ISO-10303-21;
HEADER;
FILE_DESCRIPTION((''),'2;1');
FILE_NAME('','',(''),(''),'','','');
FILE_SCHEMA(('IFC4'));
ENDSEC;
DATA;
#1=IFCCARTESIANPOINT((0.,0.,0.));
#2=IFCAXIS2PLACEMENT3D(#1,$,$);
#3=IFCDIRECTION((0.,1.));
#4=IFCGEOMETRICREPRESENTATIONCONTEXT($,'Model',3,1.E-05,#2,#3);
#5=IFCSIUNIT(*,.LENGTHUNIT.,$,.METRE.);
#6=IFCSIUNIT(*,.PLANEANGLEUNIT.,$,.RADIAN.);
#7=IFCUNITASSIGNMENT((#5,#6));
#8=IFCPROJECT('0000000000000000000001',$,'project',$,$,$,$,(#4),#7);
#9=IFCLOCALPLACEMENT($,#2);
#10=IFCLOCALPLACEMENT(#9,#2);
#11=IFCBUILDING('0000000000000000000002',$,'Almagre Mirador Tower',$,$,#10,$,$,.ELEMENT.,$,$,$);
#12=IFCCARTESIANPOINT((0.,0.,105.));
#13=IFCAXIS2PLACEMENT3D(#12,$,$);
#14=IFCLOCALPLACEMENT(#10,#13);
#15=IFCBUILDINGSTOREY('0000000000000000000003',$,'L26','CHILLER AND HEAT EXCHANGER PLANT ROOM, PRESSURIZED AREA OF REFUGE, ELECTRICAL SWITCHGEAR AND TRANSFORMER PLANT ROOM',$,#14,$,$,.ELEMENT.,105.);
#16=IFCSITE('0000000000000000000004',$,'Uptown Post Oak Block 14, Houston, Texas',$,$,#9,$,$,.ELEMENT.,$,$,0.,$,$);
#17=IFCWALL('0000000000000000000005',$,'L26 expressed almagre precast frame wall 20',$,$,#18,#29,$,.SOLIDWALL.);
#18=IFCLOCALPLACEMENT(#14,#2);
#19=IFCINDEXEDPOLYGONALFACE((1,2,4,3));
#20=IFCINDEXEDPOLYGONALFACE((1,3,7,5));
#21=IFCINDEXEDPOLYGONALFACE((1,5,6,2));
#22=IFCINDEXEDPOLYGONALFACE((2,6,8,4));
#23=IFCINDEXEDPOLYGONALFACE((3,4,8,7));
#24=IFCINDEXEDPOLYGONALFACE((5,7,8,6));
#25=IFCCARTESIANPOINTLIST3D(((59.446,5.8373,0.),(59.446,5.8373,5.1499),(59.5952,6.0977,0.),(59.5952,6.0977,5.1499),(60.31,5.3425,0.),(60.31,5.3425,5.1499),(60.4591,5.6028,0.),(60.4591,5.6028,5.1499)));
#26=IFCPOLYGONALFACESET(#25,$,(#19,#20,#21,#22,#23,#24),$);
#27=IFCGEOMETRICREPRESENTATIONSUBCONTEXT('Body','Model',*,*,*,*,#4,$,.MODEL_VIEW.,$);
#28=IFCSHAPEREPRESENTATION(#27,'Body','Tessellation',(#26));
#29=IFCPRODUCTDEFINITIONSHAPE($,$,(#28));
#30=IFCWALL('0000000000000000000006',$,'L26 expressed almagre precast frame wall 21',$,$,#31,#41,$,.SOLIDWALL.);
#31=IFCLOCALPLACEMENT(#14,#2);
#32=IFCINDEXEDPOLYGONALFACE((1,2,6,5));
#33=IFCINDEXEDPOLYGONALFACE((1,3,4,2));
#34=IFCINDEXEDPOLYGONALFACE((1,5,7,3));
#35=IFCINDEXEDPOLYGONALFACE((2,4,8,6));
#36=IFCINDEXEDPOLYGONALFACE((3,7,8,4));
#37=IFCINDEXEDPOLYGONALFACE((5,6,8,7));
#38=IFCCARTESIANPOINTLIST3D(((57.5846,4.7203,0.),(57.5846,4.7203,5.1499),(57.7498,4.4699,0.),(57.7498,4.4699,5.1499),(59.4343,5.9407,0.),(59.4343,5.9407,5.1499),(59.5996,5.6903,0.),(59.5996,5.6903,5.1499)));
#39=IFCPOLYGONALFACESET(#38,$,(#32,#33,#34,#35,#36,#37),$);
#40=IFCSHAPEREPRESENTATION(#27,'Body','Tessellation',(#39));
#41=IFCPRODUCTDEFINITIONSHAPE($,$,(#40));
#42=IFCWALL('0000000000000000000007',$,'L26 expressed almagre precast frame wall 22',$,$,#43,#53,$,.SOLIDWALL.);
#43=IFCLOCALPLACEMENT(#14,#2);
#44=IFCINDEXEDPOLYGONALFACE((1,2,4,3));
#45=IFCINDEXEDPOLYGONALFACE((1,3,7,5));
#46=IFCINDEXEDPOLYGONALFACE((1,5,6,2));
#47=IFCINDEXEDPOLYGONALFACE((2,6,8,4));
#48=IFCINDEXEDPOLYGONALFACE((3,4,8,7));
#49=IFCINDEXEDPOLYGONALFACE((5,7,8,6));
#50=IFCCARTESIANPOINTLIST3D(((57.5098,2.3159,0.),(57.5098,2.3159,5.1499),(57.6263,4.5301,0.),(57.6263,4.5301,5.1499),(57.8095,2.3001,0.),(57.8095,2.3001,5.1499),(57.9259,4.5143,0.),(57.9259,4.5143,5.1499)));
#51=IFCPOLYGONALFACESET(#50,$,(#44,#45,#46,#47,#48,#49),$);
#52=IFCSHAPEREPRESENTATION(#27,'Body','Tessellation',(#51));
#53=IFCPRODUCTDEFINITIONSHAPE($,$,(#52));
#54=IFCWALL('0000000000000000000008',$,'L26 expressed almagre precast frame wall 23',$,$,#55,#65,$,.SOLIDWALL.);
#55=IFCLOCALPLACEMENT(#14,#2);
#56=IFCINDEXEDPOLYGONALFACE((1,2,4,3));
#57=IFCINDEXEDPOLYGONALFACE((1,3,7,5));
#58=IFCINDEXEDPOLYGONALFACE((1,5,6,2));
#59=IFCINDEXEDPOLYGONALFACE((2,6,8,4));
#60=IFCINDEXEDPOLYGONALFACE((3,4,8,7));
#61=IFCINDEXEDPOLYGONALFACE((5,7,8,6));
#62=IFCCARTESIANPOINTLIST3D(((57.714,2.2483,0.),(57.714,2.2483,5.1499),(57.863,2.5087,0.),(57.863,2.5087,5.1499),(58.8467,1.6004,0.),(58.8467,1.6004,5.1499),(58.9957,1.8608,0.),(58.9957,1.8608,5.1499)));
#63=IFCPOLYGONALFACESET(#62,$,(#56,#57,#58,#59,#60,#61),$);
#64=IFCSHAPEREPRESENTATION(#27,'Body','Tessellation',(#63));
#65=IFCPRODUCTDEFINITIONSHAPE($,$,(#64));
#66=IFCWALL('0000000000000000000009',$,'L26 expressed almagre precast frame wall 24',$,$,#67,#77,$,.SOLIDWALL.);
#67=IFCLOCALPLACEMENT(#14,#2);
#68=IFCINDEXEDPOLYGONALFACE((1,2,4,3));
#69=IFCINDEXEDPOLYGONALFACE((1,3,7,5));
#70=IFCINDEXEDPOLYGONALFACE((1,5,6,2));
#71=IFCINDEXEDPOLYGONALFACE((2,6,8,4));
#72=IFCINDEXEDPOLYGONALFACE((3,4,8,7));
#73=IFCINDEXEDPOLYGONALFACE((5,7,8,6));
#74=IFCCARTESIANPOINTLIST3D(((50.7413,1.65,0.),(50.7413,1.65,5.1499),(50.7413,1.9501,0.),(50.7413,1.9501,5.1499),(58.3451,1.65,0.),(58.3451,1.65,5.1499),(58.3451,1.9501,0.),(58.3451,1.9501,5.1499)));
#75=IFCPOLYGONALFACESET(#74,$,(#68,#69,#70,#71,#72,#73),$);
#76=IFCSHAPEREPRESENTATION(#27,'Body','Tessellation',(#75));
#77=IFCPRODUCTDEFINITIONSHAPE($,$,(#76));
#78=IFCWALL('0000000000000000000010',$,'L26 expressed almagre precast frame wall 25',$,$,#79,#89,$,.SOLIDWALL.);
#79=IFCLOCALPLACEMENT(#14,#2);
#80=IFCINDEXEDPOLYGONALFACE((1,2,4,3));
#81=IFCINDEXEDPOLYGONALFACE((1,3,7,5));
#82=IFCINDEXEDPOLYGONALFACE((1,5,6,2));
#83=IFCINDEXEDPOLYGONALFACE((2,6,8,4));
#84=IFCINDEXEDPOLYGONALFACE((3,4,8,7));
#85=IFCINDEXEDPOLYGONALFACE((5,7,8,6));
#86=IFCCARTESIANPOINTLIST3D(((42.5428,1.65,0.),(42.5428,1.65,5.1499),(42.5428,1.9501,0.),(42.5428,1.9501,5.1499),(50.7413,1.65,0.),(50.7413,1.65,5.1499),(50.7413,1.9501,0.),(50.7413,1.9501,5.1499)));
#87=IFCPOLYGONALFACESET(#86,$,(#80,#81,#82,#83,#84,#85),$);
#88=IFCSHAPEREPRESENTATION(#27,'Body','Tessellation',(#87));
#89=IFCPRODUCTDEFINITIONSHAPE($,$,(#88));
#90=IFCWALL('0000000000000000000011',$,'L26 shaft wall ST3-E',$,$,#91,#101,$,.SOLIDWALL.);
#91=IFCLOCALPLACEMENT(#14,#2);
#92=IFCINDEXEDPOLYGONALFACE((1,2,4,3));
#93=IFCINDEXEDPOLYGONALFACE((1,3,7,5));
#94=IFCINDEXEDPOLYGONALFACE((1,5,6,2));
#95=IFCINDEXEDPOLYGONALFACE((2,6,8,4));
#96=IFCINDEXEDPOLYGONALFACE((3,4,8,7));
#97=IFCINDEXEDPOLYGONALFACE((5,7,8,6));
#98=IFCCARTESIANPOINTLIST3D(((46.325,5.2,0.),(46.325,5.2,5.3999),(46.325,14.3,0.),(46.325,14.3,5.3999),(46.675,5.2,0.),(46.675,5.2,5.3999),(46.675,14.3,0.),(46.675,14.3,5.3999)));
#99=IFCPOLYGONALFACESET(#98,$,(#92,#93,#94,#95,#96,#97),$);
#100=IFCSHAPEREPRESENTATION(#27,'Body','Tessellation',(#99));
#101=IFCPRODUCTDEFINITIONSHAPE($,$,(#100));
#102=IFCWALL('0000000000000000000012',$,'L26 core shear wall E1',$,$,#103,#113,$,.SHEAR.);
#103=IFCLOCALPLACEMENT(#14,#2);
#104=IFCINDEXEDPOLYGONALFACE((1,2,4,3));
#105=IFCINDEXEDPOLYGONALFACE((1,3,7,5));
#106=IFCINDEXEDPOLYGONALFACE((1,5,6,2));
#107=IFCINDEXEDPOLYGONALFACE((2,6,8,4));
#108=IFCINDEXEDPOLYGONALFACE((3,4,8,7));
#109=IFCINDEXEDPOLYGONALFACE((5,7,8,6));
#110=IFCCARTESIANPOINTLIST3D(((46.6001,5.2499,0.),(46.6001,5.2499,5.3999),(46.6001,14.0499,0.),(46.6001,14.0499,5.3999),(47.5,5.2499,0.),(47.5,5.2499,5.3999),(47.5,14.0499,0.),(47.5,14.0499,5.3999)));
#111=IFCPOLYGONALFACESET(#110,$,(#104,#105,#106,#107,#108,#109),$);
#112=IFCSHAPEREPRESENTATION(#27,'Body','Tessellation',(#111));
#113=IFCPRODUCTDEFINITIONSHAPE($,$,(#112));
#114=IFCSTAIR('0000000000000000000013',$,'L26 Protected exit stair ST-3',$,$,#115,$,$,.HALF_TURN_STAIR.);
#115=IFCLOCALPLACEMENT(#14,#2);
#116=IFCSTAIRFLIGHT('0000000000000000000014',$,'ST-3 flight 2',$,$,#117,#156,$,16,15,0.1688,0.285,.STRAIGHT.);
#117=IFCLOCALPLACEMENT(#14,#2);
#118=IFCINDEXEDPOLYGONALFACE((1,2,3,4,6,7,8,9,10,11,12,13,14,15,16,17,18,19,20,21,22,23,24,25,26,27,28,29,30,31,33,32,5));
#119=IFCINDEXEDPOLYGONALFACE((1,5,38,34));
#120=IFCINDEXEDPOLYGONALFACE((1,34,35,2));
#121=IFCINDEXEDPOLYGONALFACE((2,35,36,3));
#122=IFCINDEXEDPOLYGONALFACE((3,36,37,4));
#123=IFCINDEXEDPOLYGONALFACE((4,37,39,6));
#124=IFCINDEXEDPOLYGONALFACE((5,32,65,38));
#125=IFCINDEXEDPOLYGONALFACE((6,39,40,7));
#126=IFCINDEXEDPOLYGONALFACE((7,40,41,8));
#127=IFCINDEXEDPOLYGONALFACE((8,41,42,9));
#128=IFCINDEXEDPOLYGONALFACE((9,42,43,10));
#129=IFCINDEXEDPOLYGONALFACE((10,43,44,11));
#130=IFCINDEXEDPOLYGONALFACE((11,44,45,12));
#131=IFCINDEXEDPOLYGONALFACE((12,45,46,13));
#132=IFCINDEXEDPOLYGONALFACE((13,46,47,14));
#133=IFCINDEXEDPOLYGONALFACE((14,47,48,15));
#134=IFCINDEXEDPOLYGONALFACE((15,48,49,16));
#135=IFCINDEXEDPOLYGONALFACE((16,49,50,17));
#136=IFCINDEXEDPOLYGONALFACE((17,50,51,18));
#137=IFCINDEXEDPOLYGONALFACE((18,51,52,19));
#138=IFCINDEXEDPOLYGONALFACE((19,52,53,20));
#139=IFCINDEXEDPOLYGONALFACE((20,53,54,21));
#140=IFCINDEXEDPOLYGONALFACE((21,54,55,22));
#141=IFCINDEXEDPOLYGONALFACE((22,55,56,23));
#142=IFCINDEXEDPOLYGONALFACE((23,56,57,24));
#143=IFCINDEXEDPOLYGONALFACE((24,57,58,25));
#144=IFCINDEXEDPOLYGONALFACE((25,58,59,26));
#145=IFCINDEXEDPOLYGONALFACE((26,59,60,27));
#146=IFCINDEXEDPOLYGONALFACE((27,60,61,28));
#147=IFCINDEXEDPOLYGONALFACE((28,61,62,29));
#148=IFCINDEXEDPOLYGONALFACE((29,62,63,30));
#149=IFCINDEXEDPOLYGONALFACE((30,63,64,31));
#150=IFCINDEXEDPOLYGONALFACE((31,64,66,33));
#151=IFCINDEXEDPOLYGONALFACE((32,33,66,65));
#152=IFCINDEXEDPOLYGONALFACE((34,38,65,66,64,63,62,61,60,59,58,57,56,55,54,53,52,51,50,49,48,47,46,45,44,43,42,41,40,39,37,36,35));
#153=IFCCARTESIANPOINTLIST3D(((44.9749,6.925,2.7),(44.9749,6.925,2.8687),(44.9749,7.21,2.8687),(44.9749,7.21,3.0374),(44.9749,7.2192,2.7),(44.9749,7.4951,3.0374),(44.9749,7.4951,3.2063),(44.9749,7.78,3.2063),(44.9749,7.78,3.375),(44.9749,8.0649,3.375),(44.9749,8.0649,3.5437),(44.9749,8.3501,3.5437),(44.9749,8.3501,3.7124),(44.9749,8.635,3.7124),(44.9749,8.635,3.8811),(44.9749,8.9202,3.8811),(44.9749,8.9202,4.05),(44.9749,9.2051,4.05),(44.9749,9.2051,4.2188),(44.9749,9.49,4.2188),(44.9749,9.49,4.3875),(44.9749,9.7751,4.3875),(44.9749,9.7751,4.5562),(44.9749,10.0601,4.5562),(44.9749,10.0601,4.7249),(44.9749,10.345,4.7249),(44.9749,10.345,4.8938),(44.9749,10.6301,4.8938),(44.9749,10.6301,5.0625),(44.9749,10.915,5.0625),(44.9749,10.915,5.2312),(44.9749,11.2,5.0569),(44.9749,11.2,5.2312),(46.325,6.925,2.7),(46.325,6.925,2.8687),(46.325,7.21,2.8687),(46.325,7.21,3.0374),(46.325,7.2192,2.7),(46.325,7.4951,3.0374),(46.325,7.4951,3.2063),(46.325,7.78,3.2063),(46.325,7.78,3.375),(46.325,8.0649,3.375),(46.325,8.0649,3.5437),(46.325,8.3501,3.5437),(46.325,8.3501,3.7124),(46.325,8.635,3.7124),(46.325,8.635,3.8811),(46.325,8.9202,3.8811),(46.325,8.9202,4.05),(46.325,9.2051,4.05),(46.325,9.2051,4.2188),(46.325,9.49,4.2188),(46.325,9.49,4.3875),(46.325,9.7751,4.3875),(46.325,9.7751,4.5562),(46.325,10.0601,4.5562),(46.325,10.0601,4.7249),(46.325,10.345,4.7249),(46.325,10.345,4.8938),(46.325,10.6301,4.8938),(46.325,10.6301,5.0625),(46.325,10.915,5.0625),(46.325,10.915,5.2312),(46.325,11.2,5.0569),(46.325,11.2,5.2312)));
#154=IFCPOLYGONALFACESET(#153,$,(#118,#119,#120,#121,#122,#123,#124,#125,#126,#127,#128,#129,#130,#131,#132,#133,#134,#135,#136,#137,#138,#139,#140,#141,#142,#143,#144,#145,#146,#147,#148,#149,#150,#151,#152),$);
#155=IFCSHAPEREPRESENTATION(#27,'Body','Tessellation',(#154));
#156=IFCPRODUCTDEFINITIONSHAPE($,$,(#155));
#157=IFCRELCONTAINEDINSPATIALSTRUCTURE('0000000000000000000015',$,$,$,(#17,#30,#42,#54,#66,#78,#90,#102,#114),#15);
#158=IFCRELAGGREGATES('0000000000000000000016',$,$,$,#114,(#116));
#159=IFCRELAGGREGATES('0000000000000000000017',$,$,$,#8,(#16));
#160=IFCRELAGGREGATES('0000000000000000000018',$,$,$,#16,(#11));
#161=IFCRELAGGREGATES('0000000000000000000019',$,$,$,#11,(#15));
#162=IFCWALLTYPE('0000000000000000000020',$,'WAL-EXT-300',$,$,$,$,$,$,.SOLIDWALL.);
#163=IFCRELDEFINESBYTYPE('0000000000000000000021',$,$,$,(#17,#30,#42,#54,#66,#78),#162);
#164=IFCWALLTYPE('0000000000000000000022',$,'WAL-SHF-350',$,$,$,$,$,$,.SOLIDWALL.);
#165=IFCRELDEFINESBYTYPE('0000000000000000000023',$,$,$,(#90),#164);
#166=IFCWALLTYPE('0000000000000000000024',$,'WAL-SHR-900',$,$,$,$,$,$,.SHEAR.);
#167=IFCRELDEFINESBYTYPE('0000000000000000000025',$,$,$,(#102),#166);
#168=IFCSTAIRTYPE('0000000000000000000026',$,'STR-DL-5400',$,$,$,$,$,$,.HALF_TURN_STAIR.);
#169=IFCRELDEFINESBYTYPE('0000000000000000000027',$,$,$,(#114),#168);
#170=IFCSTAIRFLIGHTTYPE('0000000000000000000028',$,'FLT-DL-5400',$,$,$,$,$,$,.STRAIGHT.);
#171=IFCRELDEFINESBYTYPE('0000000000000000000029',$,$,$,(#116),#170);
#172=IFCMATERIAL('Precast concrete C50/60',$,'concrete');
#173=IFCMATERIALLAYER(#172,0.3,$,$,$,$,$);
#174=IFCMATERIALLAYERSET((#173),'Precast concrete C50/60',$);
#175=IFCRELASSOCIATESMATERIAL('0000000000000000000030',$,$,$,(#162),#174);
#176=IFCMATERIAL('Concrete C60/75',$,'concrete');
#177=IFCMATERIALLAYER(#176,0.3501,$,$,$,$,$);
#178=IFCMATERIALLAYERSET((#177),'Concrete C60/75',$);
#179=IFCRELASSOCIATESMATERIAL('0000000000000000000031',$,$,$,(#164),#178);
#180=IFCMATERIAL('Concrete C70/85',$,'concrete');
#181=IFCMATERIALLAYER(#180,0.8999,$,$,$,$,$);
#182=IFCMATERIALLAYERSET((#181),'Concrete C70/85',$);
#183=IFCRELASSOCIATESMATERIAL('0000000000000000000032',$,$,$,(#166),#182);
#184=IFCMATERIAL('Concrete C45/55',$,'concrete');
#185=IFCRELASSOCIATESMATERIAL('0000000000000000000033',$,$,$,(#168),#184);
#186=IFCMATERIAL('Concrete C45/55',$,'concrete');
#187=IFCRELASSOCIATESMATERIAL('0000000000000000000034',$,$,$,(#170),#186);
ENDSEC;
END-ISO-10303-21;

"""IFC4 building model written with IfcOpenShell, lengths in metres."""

from ifc_helpers import new_model, si_unit, direction, frame, frame_2d, origin, place, context, subcontext, project, spatial, polyline, rectangle, outline, extrude, material, layer, layer_set, type_object, element, aggregate, save


model = new_model("IFC4")

# Units and contexts
model_context = context("Model", 3, precision=1e-05, world=origin(), true_north=direction((0.0, 1.0)))
body_context = subcontext(model_context, "Body", "Model", "MODEL_VIEW")
ifc_project = project(units=[si_unit("LENGTHUNIT", "METRE"), si_unit("PLANEANGLEUNIT", "RADIAN")], contexts=[model_context])

# Site, building, storey
site_placement = place(None, origin())
site = spatial("IfcSite", under=ifc_project, at=site_placement, Name="Uptown Post Oak Block 14, Houston, Texas", CompositionType="ELEMENT", RefElevation=0.0)
building_placement = place(site_placement, origin())
building = spatial("IfcBuilding", under=site, at=building_placement, Name="Almagre Mirador Tower", CompositionType="ELEMENT")
storey_placement = place(building_placement, frame((0.0, 0.0, 105.0)))
storey = spatial("IfcBuildingStorey", under=building, at=storey_placement, Name="L26", Description="CHILLER AND HEAT EXCHANGER PLANT ROOM, PRESSURIZED AREA OF REFUGE, ELECTRICAL SWITCHGEAR AND TRANSFORMER PLANT ROOM", CompositionType="ELEMENT", Elevation=105.0)

# Walls
ifc_material_1 = material(Name="Precast concrete C50/60", Category="concrete")
ifc_layer_1 = layer(ifc_material_1, 0.3)
ifc_layer_set_1 = layer_set([ifc_layer_1], Name="Precast concrete C50/60")
wall_type_1 = type_object("IfcWallType", Name="WAL-EXT-300", PredefinedType="SOLIDWALL", material=ifc_layer_set_1)
wall_1_placement = place(storey_placement, frame((60.3845, 5.4727, 0.0), z_axis=(0.0, 0.0, 1.0), x_axis=(-0.867745, 0.49701, 0.0)))
element("IfcWall", 1, at=wall_1_placement, inside=storey, type_object=wall_type_1, Name="L26 expressed almagre precast frame wall 20", PredefinedType="SOLIDWALL", context=body_context, shape_type="SweptSolid", body=[
    extrude(rectangle(XDim=0.9956, YDim=0.3, at=frame_2d((0.4978, 0.0))), origin(), (0.0, 0.0, 1.0), 5.1499),
])
wall_2_placement = place(storey_placement, frame((59.5168, 5.8154, 0.0), z_axis=(0.0, 0.0, 1.0), x_axis=(-0.834702, -0.550703, 0.0)))
element("IfcWall", 2, at=wall_2_placement, inside=storey, type_object=wall_type_1, Name="L26 expressed almagre precast frame wall 21", PredefinedType="SOLIDWALL", context=body_context, shape_type="SweptSolid", body=[
    extrude(rectangle(XDim=2.2161, YDim=0.3, at=frame_2d((1.1079, 0.0))), origin(), (0.0, 0.0, 1.0), 5.1499),
])
wall_3_placement = place(storey_placement, frame((57.7761, 4.5222, 0.0), z_axis=(0.0, 0.0, 1.0), x_axis=(-0.052524, -0.99862, 0.0)))
element("IfcWall", 3, at=wall_3_placement, inside=storey, type_object=wall_type_1, Name="L26 expressed almagre precast frame wall 22", PredefinedType="SOLIDWALL", context=body_context, shape_type="SweptSolid", body=[
    extrude(rectangle(XDim=2.2173, YDim=0.3, at=frame_2d((1.1086, 0.0))), origin(), (0.0, 0.0, 1.0), 5.1499),
])
wall_4_placement = place(storey_placement, frame((57.7886, 2.3784, 0.0), z_axis=(0.0, 0.0, 1.0), x_axis=(0.868036, -0.496502, 0.0)))
element("IfcWall", 4, at=wall_4_placement, inside=storey, type_object=wall_type_1, Name="L26 expressed almagre precast frame wall 23", PredefinedType="SOLIDWALL", context=body_context, shape_type="SweptSolid", body=[
    extrude(rectangle(XDim=1.3049, YDim=0.3, at=frame_2d((0.6523, 0.0))), origin(), (0.0, 0.0, 1.0), 5.1499),
])
wall_5_placement = place(storey_placement, frame((58.345, 1.8, 0.0), z_axis=(0.0, 0.0, 1.0), x_axis=(-1.0, 0.0, 0.0)))
element("IfcWall", 5, at=wall_5_placement, inside=storey, type_object=wall_type_1, Name="L26 expressed almagre precast frame wall 24", PredefinedType="SOLIDWALL", context=body_context, shape_type="SweptSolid", body=[
    extrude(rectangle(XDim=7.6038, YDim=0.3, at=frame_2d((3.8018, 0.0))), origin(), (0.0, 0.0, 1.0), 5.1499),
])
wall_6_placement = place(storey_placement, frame((50.7412, 1.8, 0.0), z_axis=(0.0, 0.0, 1.0), x_axis=(-1.0, 0.0, 0.0)))
element("IfcWall", 6, at=wall_6_placement, inside=storey, type_object=wall_type_1, Name="L26 expressed almagre precast frame wall 25", PredefinedType="SOLIDWALL", context=body_context, shape_type="SweptSolid", body=[
    extrude(rectangle(XDim=8.1985, YDim=0.3, at=frame_2d((4.0991, 0.0))), origin(), (0.0, 0.0, 1.0), 5.1499),
])
ifc_material_2 = material(Name="Concrete C60/75", Category="concrete")
ifc_layer_2 = layer(ifc_material_2, 0.3501)
ifc_layer_set_2 = layer_set([ifc_layer_2], Name="Concrete C60/75")
wall_type_2 = type_object("IfcWallType", Name="WAL-SHF-350", PredefinedType="SOLIDWALL", material=ifc_layer_set_2)
wall_7_placement = place(storey_placement, frame((46.5, 5.2, 0.0), z_axis=(0.0, 0.0, 1.0), x_axis=(0.0, 1.0, 0.0)))
element("IfcWall", 7, at=wall_7_placement, inside=storey, type_object=wall_type_2, Name="L26 shaft wall ST3-E", PredefinedType="SOLIDWALL", context=body_context, shape_type="SweptSolid", body=[
    extrude(rectangle(XDim=9.1001, YDim=0.3501, at=frame_2d((4.55, 0.0))), origin(), (0.0, 0.0, 1.0), 5.3999),
])
ifc_material_3 = material(Name="Concrete C70/85", Category="concrete")
ifc_layer_3 = layer(ifc_material_3, 0.8999)
ifc_layer_set_3 = layer_set([ifc_layer_3], Name="Concrete C70/85")
wall_type_3 = type_object("IfcWallType", Name="WAL-SHR-900", PredefinedType="SHEAR", material=ifc_layer_set_3)
wall_8_placement = place(storey_placement, frame((47.05, 5.25, 0.0), z_axis=(0.0, 0.0, 1.0), x_axis=(0.0, 1.0, 0.0)))
element("IfcWall", 8, at=wall_8_placement, inside=storey, type_object=wall_type_3, Name="L26 core shear wall E1", PredefinedType="SHEAR", context=body_context, shape_type="SweptSolid", body=[
    extrude(rectangle(XDim=8.8, YDim=0.8999, at=frame_2d((4.3999, 0.0))), origin(), (0.0, 0.0, 1.0), 5.3999),
])

# Stair, stair flight
ifc_material_4 = material(Name="Concrete C45/55", Category="concrete")
stair_type = type_object("IfcStairType", Name="STR-DL-5400", PredefinedType="HALF_TURN_STAIR", material=ifc_material_4)
stair_placement = place(storey_placement, origin())
stair = element("IfcStair", 9, at=stair_placement, inside=storey, type_object=stair_type, Name="L26 Protected exit stair ST-3", PredefinedType="HALF_TURN_STAIR")
ifc_material_5 = material(Name="Concrete C45/55", Category="concrete")
stair_flight_type = type_object("IfcStairFlightType", Name="FLT-DL-5400", PredefinedType="STRAIGHT", material=ifc_material_5)
stair_flight_placement = place(storey_placement, frame((45.6499, 6.925, 2.7), z_axis=(0.0, 0.0, 1.0), x_axis=(0.0, 1.0, 0.0)))
stair_flight = element("IfcStairFlight", 10, at=stair_flight_placement, type_object=stair_flight_type, Name="ST-3 flight 2", NumberOfRisers=16, NumberOfTreads=15, PredefinedType="STRAIGHT", RiserHeight=0.1688, TreadLength=0.285, context=body_context, shape_type="SweptSolid", body=[
    extrude(outline(polyline([(0.0, 0.0), (0.0, 0.1687), (0.2849, 0.1687), (0.2849, 0.3374), (0.5701, 0.3374), (0.5701, 0.5063), (0.855, 0.5063), (0.855, 0.675), (1.1399, 0.675), (1.1399, 0.8438), (1.425, 0.8438), (1.425, 1.0125), (1.71, 1.0125), (1.71, 1.1812), (1.9951, 1.1812), (1.9951, 1.3501), (2.28, 1.3501), (2.28, 1.5188), (2.5649, 1.5188), (2.5649, 1.6875), (2.8501, 1.6875), (2.8501, 1.8562), (3.135, 1.8562), (3.135, 2.0249), (3.4199, 2.0249), (3.4199, 2.1938), (3.7051, 2.1938), (3.7051, 2.3625), (3.99, 2.3625), (3.99, 2.5312), (4.2749, 2.5312), (4.2749, 2.7), (4.2749, 2.3569), (0.2942, 0.0), (0.0, 0.0)])), frame((0.0, 0.675, 0.0), z_axis=(0.0, -1.0, 0.0), x_axis=(1.0, 0.0, 0.0)), (0.0, 0.0, 1.0), 1.3501),
])
aggregate(stair, [stair_flight])

save(model, "model.ifc")
